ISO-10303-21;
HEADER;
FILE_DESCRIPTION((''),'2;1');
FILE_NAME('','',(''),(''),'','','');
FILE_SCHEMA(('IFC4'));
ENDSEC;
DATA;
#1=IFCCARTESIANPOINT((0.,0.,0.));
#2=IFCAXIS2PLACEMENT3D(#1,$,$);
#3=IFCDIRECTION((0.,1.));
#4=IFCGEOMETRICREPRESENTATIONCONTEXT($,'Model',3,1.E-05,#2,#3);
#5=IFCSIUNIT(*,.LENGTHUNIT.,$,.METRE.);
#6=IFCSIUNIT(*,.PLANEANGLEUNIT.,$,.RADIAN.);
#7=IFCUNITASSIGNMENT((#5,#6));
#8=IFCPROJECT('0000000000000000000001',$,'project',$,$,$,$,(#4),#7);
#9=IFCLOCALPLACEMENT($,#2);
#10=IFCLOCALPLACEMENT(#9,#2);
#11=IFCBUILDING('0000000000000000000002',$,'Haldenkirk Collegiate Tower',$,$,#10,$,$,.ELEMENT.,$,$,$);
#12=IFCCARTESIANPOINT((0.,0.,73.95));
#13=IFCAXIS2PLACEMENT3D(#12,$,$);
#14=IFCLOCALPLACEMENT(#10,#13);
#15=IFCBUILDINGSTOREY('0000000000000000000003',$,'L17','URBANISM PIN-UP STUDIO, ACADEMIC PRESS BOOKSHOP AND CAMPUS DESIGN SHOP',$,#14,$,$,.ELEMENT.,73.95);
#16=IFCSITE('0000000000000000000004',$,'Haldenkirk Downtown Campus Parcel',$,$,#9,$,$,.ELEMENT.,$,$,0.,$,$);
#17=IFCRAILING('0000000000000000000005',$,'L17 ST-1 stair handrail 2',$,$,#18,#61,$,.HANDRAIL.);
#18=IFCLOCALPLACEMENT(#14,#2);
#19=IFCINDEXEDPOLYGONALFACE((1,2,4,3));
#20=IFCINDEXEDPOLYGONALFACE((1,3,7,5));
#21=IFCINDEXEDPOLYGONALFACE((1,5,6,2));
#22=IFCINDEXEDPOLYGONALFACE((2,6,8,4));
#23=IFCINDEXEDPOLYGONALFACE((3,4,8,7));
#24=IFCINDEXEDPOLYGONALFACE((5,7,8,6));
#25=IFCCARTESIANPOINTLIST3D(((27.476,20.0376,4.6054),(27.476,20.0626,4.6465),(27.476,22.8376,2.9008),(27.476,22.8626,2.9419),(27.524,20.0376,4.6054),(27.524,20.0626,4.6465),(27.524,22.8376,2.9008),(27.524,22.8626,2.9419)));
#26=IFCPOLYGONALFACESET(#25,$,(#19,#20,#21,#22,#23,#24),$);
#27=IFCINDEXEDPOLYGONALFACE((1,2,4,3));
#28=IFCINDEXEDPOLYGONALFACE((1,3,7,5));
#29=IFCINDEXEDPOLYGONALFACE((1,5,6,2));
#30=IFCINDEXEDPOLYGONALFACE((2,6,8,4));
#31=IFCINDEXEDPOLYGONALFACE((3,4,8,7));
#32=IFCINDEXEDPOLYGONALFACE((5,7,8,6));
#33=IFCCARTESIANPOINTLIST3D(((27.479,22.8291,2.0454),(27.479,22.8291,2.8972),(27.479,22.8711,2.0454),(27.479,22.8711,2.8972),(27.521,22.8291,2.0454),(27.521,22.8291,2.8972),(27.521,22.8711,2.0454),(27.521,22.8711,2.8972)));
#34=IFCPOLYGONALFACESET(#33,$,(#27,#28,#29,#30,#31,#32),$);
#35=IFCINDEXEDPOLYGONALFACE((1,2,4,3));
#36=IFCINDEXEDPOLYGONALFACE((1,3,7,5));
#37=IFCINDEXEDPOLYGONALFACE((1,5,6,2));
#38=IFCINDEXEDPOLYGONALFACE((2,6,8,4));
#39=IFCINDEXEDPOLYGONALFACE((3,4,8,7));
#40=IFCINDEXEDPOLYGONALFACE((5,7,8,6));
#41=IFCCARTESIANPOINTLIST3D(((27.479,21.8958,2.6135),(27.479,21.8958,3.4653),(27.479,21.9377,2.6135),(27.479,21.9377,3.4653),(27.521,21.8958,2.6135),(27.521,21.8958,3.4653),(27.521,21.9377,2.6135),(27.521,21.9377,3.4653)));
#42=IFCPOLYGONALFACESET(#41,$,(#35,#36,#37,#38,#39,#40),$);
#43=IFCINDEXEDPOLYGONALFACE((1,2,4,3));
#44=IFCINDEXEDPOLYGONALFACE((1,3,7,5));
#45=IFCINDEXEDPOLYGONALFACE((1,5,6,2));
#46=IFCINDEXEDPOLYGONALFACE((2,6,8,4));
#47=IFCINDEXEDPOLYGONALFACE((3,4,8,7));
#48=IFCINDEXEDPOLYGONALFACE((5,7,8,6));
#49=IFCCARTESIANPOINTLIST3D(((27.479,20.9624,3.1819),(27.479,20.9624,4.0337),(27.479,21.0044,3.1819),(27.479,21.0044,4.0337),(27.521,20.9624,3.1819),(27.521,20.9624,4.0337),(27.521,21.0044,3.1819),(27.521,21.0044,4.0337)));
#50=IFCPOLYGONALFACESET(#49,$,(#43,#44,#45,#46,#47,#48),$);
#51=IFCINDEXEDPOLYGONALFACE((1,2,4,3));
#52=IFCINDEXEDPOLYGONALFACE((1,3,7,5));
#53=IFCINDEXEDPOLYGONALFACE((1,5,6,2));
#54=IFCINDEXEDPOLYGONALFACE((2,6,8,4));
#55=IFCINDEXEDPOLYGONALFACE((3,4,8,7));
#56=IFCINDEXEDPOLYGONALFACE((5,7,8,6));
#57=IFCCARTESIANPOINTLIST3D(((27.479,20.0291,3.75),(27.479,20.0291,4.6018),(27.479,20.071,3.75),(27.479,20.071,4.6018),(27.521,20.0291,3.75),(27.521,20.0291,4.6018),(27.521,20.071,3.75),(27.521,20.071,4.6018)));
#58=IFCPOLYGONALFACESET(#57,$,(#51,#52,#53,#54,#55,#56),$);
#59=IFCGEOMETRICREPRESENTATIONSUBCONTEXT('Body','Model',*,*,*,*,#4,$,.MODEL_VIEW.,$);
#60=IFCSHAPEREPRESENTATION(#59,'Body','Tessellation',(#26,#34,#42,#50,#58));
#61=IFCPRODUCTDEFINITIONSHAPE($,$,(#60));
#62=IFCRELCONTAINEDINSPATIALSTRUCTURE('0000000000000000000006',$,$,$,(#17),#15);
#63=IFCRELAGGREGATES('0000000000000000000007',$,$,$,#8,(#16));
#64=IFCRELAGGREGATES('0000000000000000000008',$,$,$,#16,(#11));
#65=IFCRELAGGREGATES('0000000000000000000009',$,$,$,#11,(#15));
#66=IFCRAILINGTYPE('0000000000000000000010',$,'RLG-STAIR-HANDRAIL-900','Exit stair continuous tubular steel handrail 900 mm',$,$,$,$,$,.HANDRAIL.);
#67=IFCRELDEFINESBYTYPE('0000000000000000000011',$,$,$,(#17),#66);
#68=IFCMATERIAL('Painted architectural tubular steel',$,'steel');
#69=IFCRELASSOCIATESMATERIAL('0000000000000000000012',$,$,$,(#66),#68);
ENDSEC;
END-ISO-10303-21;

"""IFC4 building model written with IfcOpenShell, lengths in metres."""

from ifc_helpers import new_model, si_unit, direction, frame, origin, origin_2d, place, context, subcontext, project, spatial, rectangle, extrude, material, type_object, element, save


model = new_model("IFC4")

# Units and contexts
model_context = context("Model", 3, precision=1e-05, world=origin(), true_north=direction((0.0, 1.0)))
body_context = subcontext(model_context, "Body", "Model", "MODEL_VIEW")
ifc_project = project(units=[si_unit("LENGTHUNIT", "METRE"), si_unit("PLANEANGLEUNIT", "RADIAN")], contexts=[model_context])

# Site, building, storey
site_placement = place(None, origin())
site = spatial("IfcSite", under=ifc_project, at=site_placement, Name="Haldenkirk Downtown Campus Parcel", CompositionType="ELEMENT", RefElevation=0.0)
building_placement = place(site_placement, origin())
building = spatial("IfcBuilding", under=site, at=building_placement, Name="Haldenkirk Collegiate Tower", CompositionType="ELEMENT")
storey_placement = place(building_placement, frame((0.0, 0.0, 73.95)))
storey = spatial("IfcBuildingStorey", under=building, at=storey_placement, Name="L17", Description="URBANISM PIN-UP STUDIO, ACADEMIC PRESS BOOKSHOP AND CAMPUS DESIGN SHOP", CompositionType="ELEMENT", Elevation=73.95)

# Railing
ifc_material_1 = material(Name="Painted architectural tubular steel", Category="steel")
railing_type_1 = type_object("IfcRailingType", Name="RLG-STAIR-HANDRAIL-900", Description="Exit stair continuous tubular steel handrail 900 mm", PredefinedType="HANDRAIL", material=ifc_material_1)
railing_1_placement = place(storey_placement, frame((27.5, 22.8501, 2.0454)))
element("IfcRailing", 1, at=railing_1_placement, inside=storey, type_object=railing_type_1, Name="L17 ST-1 stair handrail 2", PredefinedType="HANDRAIL", context=body_context, shape_type="SweptSolid", body=[
    extrude(rectangle(XDim=0.0481, YDim=0.0481, at=origin_2d()), frame((0.0, 0.0, 0.876), z_axis=(0.0, -0.85417, 0.519994), x_axis=(1.0, 0.0, 0.0)), (0.0, 0.0, 1.0), 3.2781),
    extrude(rectangle(XDim=0.042, YDim=0.042, at=origin_2d()), origin(), (0.0, 0.0, 1.0), 0.8518),
    extrude(rectangle(XDim=0.042, YDim=0.042, at=origin_2d()), frame((0.0, -0.9333, 0.5681)), (0.0, 0.0, 1.0), 0.8518),
    extrude(rectangle(XDim=0.042, YDim=0.042, at=origin_2d()), frame((0.0, -1.8667, 1.1365)), (0.0, 0.0, 1.0), 0.8518),
    extrude(rectangle(XDim=0.042, YDim=0.042, at=origin_2d()), frame((0.0, -2.8, 1.7046)), (0.0, 0.0, 1.0), 0.8518),
])

save(model, "model.ifc")
